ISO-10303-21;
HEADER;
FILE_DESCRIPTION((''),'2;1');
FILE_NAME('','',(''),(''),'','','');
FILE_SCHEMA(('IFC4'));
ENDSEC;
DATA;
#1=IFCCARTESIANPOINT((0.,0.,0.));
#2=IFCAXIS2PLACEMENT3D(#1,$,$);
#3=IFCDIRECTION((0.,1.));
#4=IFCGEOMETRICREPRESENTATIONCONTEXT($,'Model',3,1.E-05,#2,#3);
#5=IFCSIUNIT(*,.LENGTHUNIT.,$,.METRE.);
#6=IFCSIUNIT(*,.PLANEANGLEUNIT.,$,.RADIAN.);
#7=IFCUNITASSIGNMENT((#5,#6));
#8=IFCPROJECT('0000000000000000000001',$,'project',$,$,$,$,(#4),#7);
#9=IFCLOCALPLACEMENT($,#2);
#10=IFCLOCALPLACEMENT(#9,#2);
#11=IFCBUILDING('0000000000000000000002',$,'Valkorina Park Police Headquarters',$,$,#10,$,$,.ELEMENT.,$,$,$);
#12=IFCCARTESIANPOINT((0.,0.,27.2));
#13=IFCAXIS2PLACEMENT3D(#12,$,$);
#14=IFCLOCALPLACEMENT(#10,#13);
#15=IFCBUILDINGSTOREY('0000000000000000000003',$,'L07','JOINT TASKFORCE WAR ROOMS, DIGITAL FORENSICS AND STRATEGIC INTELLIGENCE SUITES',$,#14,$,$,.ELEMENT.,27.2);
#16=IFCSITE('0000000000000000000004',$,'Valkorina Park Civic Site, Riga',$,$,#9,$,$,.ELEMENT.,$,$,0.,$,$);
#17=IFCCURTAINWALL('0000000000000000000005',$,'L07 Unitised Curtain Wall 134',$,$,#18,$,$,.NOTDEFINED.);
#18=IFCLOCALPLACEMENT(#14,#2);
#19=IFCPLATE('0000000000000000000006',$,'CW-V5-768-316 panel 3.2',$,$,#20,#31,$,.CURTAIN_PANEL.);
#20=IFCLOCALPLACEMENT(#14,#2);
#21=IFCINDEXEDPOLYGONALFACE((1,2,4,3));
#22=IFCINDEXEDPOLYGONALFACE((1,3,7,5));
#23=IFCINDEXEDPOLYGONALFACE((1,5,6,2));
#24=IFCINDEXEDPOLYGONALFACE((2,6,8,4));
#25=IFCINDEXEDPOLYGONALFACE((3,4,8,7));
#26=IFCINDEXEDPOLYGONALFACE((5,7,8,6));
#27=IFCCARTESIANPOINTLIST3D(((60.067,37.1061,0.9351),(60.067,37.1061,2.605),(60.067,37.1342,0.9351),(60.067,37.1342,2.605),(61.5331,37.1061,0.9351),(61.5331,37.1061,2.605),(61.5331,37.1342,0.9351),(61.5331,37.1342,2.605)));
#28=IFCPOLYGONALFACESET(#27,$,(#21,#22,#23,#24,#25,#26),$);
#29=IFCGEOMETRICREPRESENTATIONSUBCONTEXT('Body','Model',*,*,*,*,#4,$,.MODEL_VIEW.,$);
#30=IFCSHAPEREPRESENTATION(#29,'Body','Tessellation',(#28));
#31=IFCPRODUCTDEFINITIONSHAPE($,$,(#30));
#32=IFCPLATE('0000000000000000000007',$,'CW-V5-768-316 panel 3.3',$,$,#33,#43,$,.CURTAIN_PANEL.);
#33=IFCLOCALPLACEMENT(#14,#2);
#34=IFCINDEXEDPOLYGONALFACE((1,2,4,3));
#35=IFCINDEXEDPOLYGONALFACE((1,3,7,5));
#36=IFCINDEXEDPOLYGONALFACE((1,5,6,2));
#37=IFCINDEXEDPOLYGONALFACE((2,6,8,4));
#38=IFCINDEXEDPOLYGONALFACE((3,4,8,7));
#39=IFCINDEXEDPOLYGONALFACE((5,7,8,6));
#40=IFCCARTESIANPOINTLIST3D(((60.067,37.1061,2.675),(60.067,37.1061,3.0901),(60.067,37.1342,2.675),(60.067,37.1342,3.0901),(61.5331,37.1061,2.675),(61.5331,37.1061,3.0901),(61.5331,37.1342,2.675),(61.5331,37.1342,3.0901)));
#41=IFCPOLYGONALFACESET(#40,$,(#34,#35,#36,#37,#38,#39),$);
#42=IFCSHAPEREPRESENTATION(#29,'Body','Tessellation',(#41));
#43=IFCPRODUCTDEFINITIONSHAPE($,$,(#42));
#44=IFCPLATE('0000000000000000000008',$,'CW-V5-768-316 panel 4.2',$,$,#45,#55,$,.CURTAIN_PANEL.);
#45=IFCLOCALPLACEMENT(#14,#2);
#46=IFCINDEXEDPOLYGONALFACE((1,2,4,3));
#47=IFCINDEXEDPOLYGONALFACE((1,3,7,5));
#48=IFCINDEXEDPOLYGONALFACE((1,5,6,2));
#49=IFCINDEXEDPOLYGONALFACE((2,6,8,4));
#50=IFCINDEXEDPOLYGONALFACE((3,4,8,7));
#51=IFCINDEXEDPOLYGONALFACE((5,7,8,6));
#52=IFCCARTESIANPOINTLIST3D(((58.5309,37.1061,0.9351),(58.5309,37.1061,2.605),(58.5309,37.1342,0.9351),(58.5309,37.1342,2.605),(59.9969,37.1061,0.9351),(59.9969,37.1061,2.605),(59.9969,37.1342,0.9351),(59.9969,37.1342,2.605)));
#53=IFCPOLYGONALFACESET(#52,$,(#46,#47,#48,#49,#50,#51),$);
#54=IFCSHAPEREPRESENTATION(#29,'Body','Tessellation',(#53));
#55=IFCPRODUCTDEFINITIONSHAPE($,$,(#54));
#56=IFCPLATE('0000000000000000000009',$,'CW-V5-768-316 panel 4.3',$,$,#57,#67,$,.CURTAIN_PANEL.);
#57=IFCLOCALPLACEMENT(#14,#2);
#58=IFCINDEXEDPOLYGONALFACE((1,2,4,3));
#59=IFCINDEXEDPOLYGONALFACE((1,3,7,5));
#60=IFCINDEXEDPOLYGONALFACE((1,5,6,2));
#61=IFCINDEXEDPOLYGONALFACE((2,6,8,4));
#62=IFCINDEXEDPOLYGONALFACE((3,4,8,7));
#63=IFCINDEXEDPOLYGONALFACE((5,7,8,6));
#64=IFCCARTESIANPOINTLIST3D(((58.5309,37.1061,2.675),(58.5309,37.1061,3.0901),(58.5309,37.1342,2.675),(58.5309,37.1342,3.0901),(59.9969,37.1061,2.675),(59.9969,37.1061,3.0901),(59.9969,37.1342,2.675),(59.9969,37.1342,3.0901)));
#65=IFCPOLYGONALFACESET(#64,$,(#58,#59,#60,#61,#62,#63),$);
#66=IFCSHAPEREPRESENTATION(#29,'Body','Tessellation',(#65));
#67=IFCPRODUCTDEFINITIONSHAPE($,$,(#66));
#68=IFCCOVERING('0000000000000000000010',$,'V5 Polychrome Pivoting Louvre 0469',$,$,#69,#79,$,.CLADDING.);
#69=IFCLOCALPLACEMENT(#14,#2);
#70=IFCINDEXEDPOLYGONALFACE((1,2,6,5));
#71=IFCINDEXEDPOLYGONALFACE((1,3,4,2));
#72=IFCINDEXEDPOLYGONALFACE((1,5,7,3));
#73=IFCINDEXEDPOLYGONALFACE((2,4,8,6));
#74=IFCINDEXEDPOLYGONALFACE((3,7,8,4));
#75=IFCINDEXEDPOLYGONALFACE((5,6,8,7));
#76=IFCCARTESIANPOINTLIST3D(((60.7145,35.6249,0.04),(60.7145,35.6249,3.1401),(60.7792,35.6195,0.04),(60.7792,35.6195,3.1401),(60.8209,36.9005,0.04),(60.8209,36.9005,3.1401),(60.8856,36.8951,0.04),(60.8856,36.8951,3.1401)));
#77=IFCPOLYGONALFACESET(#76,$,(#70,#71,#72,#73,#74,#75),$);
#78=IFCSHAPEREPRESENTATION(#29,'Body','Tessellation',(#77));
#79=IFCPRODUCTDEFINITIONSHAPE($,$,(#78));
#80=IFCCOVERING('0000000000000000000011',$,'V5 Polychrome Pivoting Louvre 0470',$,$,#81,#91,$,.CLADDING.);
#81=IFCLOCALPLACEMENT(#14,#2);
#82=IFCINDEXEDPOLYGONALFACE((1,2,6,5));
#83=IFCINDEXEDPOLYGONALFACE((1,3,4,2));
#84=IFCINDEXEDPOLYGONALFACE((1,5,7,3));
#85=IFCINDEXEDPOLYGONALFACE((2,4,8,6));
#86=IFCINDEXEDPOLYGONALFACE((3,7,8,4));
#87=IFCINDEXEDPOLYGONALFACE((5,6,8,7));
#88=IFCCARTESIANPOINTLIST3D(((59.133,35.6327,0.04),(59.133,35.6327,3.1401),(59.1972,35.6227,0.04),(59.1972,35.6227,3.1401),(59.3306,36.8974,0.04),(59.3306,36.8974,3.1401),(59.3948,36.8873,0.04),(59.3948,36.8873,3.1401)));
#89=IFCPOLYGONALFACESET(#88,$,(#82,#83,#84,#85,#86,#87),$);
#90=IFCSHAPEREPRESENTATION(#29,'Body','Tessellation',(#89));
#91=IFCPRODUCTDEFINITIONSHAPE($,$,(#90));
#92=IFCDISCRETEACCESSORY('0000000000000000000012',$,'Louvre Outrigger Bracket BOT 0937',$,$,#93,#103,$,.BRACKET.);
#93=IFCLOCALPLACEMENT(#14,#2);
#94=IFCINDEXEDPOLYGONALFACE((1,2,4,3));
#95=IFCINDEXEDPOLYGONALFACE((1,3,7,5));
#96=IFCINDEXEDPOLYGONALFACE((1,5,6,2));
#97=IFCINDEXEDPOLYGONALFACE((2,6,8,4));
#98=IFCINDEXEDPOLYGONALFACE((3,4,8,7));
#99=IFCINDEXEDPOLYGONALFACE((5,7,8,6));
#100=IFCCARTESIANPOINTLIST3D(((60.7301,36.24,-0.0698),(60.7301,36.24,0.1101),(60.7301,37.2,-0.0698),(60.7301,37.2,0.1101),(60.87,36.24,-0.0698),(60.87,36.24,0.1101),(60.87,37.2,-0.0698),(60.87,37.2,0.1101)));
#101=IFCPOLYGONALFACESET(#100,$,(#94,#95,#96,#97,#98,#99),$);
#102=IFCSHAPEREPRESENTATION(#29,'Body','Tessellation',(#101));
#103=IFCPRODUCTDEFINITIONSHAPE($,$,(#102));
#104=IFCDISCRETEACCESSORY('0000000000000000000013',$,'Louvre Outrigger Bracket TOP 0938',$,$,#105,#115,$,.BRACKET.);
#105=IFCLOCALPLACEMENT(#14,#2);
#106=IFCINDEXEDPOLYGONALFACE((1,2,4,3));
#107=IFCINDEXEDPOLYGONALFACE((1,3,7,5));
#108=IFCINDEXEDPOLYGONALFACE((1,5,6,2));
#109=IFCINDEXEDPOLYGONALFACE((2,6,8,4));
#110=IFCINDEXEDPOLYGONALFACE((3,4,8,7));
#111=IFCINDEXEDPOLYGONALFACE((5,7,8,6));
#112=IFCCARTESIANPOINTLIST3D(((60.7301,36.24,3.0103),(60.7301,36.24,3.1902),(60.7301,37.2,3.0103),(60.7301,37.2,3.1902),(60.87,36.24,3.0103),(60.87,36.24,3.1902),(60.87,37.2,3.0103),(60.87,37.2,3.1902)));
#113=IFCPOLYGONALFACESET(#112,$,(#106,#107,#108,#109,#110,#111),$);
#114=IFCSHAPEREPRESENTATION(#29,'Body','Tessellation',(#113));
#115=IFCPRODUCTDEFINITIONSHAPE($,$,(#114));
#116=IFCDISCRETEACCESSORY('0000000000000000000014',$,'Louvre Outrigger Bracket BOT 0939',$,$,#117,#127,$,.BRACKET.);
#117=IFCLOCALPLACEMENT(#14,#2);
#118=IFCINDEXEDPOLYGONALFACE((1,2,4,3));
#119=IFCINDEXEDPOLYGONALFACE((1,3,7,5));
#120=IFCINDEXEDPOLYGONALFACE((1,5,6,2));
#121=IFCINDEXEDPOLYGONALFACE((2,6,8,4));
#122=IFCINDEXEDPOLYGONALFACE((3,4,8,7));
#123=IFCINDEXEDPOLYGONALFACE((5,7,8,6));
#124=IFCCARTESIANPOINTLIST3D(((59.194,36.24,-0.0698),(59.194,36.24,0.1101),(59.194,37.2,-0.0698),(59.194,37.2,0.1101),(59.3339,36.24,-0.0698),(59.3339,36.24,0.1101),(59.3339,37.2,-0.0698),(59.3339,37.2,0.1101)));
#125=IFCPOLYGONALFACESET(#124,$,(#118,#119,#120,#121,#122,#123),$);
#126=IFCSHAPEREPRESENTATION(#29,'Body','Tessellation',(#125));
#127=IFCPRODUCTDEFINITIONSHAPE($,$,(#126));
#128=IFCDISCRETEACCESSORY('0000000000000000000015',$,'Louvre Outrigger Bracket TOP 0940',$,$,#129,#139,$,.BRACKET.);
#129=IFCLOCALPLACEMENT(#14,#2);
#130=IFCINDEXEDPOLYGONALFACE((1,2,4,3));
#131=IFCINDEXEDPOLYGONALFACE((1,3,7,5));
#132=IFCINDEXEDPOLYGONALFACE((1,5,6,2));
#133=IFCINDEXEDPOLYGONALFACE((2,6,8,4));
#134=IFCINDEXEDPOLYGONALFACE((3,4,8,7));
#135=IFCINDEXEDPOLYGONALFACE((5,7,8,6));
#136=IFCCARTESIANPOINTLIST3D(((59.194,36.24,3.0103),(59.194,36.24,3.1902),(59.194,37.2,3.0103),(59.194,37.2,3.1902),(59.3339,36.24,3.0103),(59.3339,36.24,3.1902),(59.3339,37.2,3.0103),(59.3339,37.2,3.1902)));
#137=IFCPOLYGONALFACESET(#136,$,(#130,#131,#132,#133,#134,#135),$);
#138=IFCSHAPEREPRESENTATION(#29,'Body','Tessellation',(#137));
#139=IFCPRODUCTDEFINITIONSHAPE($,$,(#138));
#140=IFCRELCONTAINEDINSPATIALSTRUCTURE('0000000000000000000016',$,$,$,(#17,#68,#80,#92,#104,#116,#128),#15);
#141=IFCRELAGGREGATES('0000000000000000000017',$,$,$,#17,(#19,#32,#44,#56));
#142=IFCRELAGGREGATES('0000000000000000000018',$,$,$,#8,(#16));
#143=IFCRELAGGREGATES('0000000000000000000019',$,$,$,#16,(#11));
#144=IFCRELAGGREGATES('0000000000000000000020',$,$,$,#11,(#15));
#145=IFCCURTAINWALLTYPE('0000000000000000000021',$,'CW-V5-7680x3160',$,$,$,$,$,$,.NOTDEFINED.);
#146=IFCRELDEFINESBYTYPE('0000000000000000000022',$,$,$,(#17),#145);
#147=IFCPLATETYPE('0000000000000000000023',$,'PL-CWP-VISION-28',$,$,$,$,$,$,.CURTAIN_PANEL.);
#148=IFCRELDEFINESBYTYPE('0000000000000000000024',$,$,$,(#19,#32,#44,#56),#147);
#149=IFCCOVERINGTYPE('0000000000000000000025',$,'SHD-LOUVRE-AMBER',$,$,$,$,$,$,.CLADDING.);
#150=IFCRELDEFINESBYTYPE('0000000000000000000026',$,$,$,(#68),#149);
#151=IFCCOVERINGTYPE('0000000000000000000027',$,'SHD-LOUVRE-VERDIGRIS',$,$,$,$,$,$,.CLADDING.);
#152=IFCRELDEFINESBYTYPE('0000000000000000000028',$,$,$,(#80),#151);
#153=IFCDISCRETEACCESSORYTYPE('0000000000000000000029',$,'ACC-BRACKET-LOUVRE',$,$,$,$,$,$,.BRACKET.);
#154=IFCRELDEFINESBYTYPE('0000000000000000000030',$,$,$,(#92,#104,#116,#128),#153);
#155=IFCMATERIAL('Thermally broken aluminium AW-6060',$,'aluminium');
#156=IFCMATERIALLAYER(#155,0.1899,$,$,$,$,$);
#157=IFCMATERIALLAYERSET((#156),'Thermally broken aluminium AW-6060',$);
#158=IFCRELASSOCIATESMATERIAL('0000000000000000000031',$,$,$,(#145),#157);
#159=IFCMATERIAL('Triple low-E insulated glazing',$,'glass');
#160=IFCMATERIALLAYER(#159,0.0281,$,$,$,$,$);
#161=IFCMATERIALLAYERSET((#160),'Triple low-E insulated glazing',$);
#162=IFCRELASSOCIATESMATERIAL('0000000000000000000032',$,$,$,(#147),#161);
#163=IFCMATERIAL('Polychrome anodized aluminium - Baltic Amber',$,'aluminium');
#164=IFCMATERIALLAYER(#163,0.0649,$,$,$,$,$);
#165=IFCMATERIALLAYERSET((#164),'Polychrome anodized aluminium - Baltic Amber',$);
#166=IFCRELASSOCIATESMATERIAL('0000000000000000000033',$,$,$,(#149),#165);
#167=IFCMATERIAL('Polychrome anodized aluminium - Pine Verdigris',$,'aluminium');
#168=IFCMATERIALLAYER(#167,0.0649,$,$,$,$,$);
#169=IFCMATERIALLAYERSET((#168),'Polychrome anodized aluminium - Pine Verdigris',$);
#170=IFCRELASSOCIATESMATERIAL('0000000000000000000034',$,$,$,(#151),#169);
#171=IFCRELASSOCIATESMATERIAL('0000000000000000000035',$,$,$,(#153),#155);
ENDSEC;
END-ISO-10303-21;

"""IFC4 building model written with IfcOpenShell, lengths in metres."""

from ifc_helpers import new_model, si_unit, direction, frame, origin, origin_2d, place, context, subcontext, project, spatial, rectangle, extrude, material, layer, layer_set, type_object, element, aggregate, save


model = new_model("IFC4")

# Units and contexts
model_context = context("Model", 3, precision=1e-05, world=origin(), true_north=direction((0.0, 1.0)))
body_context = subcontext(model_context, "Body", "Model", "MODEL_VIEW")
ifc_project = project(units=[si_unit("LENGTHUNIT", "METRE"), si_unit("PLANEANGLEUNIT", "RADIAN")], contexts=[model_context])

# Site, building, storey
site_placement = place(None, origin())
site = spatial("IfcSite", under=ifc_project, at=site_placement, Name="Valkorina Park Civic Site, Riga", CompositionType="ELEMENT", RefElevation=0.0)
building_placement = place(site_placement, origin())
building = spatial("IfcBuilding", under=site, at=building_placement, Name="Valkorina Park Police Headquarters", CompositionType="ELEMENT")
storey_placement = place(building_placement, frame((0.0, 0.0, 27.2)))
storey = spatial("IfcBuildingStorey", under=building, at=storey_placement, Name="L07", Description="JOINT TASKFORCE WAR ROOMS, DIGITAL FORENSICS AND STRATEGIC INTELLIGENCE SUITES", CompositionType="ELEMENT", Elevation=27.2)

# Curtain wall, plates
ifc_material_1 = material(Name="Thermally broken aluminium AW-6060", Category="aluminium")
ifc_layer_1 = layer(ifc_material_1, 0.1899)
ifc_layer_set_1 = layer_set([ifc_layer_1], Name="Thermally broken aluminium AW-6060")
curtain_wall_type = type_object("IfcCurtainWallType", Name="CW-V5-7680x3160", PredefinedType="NOTDEFINED", material=ifc_layer_set_1)
curtain_wall_placement = place(storey_placement, origin())
curtain_wall = element("IfcCurtainWall", 1, at=curtain_wall_placement, inside=storey, type_object=curtain_wall_type, Name="L07 Unitised Curtain Wall 134", PredefinedType="NOTDEFINED")
ifc_material_2 = material(Name="Triple low-E insulated glazing", Category="glass")
ifc_layer_2 = layer(ifc_material_2, 0.0281)
ifc_layer_set_2 = layer_set([ifc_layer_2], Name="Triple low-E insulated glazing")
plate_type_1 = type_object("IfcPlateType", Name="PL-CWP-VISION-28", PredefinedType="CURTAIN_PANEL", material=ifc_layer_set_2)
plate_1_placement = place(storey_placement, frame((60.8, 37.1201, 0.9351), z_axis=(0.0, 0.0, 1.0), x_axis=(-1.0, 0.0, 0.0)))
plate_1 = element("IfcPlate", 2, at=plate_1_placement, type_object=plate_type_1, Name="CW-V5-768-316 panel 3.2", PredefinedType="CURTAIN_PANEL", context=body_context, shape_type="SweptSolid", body=[
    extrude(rectangle(XDim=1.4661, YDim=0.0281, at=origin_2d()), origin(), (0.0, 0.0, 1.0), 1.6699),
])
plate_2_placement = place(storey_placement, frame((60.8, 37.1201, 2.675), z_axis=(0.0, 0.0, 1.0), x_axis=(-1.0, 0.0, 0.0)))
plate_2 = element("IfcPlate", 3, at=plate_2_placement, type_object=plate_type_1, Name="CW-V5-768-316 panel 3.3", PredefinedType="CURTAIN_PANEL", context=body_context, shape_type="SweptSolid", body=[
    extrude(rectangle(XDim=1.4661, YDim=0.0281, at=origin_2d()), origin(), (0.0, 0.0, 1.0), 0.415),
])
plate_3_placement = place(storey_placement, frame((59.2639, 37.1201, 0.9351), z_axis=(0.0, 0.0, 1.0), x_axis=(-1.0, 0.0, 0.0)))
plate_3 = element("IfcPlate", 4, at=plate_3_placement, type_object=plate_type_1, Name="CW-V5-768-316 panel 4.2", PredefinedType="CURTAIN_PANEL", context=body_context, shape_type="SweptSolid", body=[
    extrude(rectangle(XDim=1.4661, YDim=0.0281, at=origin_2d()), origin(), (0.0, 0.0, 1.0), 1.6699),
])
plate_4_placement = place(storey_placement, frame((59.2639, 37.1201, 2.675), z_axis=(0.0, 0.0, 1.0), x_axis=(-1.0, 0.0, 0.0)))
plate_4 = element("IfcPlate", 5, at=plate_4_placement, type_object=plate_type_1, Name="CW-V5-768-316 panel 4.3", PredefinedType="CURTAIN_PANEL", context=body_context, shape_type="SweptSolid", body=[
    extrude(rectangle(XDim=1.4661, YDim=0.0281, at=origin_2d()), origin(), (0.0, 0.0, 1.0), 0.415),
])
aggregate(curtain_wall, [plate_1, plate_2, plate_3, plate_4])

# Coverings
ifc_material_3 = material(Name="Polychrome anodized aluminium - Baltic Amber", Category="aluminium")
ifc_layer_3 = layer(ifc_material_3, 0.0649)
ifc_layer_set_3 = layer_set([ifc_layer_3], Name="Polychrome anodized aluminium - Baltic Amber")
covering_type_1 = type_object("IfcCoveringType", Name="SHD-LOUVRE-AMBER", PredefinedType="CLADDING", material=ifc_layer_set_3)
covering_1_placement = place(storey_placement, frame((60.8, 36.26, 0.04), z_axis=(0.0, 0.0, 1.0), x_axis=(-0.083156, -0.996537, 0.0)))
element("IfcCovering", 6, at=covering_1_placement, inside=storey, type_object=covering_type_1, Name="V5 Polychrome Pivoting Louvre 0469", PredefinedType="CLADDING", context=body_context, shape_type="SweptSolid", body=[
    extrude(rectangle(XDim=1.28, YDim=0.0649, at=origin_2d()), origin(), (0.0, 0.0, 1.0), 3.1001),
])
ifc_material_4 = material(Name="Polychrome anodized aluminium - Pine Verdigris", Category="aluminium")
ifc_layer_4 = layer(ifc_material_4, 0.0649)
ifc_layer_set_4 = layer_set([ifc_layer_4], Name="Polychrome anodized aluminium - Pine Verdigris")
covering_type_2 = type_object("IfcCoveringType", Name="SHD-LOUVRE-VERDIGRIS", PredefinedType="CLADDING", material=ifc_layer_set_4)
covering_2_placement = place(storey_placement, frame((59.2639, 36.26, 0.04), z_axis=(0.0, 0.0, 1.0), x_axis=(-0.154366, -0.988014, 0.0)))
element("IfcCovering", 7, at=covering_2_placement, inside=storey, type_object=covering_type_2, Name="V5 Polychrome Pivoting Louvre 0470", PredefinedType="CLADDING", context=body_context, shape_type="SweptSolid", body=[
    extrude(rectangle(XDim=1.28, YDim=0.0649, at=origin_2d()), origin(), (0.0, 0.0, 1.0), 3.1001),
])

# Discrete accessories
discrete_accessory_type = type_object("IfcDiscreteAccessoryType", Name="ACC-BRACKET-LOUVRE", PredefinedType="BRACKET", material=ifc_material_1)
for number, where, z_axis, x_axis, name in (
    (8, (60.8, 36.72, -0.0698), (0.0, 0.0, 1.0), (0.0, -1.0, 0.0), "Louvre Outrigger Bracket BOT 0937"),
    (9, (60.8, 36.72, 3.0103), (0.0, 0.0, 1.0), (0.0, -1.0, 0.0), "Louvre Outrigger Bracket TOP 0938"),
    (10, (59.2639, 36.72, -0.0698), (0.0, 0.0, 1.0), (0.0, -1.0, 0.0), "Louvre Outrigger Bracket BOT 0939"),
    (11, (59.2639, 36.72, 3.0103), (0.0, 0.0, 1.0), (0.0, -1.0, 0.0), "Louvre Outrigger Bracket TOP 0940"),
):
    element("IfcDiscreteAccessory", number, at=place(storey_placement, frame(where, z_axis=z_axis, x_axis=x_axis)), inside=storey, type_object=discrete_accessory_type, Name=name, PredefinedType="BRACKET", context=body_context, shape_type="SweptSolid", body=[
        extrude(rectangle(XDim=0.96, YDim=0.1399, at=origin_2d()), origin(), (0.0, 0.0, 1.0), 0.1799),
    ])

save(model, "model.ifc")
